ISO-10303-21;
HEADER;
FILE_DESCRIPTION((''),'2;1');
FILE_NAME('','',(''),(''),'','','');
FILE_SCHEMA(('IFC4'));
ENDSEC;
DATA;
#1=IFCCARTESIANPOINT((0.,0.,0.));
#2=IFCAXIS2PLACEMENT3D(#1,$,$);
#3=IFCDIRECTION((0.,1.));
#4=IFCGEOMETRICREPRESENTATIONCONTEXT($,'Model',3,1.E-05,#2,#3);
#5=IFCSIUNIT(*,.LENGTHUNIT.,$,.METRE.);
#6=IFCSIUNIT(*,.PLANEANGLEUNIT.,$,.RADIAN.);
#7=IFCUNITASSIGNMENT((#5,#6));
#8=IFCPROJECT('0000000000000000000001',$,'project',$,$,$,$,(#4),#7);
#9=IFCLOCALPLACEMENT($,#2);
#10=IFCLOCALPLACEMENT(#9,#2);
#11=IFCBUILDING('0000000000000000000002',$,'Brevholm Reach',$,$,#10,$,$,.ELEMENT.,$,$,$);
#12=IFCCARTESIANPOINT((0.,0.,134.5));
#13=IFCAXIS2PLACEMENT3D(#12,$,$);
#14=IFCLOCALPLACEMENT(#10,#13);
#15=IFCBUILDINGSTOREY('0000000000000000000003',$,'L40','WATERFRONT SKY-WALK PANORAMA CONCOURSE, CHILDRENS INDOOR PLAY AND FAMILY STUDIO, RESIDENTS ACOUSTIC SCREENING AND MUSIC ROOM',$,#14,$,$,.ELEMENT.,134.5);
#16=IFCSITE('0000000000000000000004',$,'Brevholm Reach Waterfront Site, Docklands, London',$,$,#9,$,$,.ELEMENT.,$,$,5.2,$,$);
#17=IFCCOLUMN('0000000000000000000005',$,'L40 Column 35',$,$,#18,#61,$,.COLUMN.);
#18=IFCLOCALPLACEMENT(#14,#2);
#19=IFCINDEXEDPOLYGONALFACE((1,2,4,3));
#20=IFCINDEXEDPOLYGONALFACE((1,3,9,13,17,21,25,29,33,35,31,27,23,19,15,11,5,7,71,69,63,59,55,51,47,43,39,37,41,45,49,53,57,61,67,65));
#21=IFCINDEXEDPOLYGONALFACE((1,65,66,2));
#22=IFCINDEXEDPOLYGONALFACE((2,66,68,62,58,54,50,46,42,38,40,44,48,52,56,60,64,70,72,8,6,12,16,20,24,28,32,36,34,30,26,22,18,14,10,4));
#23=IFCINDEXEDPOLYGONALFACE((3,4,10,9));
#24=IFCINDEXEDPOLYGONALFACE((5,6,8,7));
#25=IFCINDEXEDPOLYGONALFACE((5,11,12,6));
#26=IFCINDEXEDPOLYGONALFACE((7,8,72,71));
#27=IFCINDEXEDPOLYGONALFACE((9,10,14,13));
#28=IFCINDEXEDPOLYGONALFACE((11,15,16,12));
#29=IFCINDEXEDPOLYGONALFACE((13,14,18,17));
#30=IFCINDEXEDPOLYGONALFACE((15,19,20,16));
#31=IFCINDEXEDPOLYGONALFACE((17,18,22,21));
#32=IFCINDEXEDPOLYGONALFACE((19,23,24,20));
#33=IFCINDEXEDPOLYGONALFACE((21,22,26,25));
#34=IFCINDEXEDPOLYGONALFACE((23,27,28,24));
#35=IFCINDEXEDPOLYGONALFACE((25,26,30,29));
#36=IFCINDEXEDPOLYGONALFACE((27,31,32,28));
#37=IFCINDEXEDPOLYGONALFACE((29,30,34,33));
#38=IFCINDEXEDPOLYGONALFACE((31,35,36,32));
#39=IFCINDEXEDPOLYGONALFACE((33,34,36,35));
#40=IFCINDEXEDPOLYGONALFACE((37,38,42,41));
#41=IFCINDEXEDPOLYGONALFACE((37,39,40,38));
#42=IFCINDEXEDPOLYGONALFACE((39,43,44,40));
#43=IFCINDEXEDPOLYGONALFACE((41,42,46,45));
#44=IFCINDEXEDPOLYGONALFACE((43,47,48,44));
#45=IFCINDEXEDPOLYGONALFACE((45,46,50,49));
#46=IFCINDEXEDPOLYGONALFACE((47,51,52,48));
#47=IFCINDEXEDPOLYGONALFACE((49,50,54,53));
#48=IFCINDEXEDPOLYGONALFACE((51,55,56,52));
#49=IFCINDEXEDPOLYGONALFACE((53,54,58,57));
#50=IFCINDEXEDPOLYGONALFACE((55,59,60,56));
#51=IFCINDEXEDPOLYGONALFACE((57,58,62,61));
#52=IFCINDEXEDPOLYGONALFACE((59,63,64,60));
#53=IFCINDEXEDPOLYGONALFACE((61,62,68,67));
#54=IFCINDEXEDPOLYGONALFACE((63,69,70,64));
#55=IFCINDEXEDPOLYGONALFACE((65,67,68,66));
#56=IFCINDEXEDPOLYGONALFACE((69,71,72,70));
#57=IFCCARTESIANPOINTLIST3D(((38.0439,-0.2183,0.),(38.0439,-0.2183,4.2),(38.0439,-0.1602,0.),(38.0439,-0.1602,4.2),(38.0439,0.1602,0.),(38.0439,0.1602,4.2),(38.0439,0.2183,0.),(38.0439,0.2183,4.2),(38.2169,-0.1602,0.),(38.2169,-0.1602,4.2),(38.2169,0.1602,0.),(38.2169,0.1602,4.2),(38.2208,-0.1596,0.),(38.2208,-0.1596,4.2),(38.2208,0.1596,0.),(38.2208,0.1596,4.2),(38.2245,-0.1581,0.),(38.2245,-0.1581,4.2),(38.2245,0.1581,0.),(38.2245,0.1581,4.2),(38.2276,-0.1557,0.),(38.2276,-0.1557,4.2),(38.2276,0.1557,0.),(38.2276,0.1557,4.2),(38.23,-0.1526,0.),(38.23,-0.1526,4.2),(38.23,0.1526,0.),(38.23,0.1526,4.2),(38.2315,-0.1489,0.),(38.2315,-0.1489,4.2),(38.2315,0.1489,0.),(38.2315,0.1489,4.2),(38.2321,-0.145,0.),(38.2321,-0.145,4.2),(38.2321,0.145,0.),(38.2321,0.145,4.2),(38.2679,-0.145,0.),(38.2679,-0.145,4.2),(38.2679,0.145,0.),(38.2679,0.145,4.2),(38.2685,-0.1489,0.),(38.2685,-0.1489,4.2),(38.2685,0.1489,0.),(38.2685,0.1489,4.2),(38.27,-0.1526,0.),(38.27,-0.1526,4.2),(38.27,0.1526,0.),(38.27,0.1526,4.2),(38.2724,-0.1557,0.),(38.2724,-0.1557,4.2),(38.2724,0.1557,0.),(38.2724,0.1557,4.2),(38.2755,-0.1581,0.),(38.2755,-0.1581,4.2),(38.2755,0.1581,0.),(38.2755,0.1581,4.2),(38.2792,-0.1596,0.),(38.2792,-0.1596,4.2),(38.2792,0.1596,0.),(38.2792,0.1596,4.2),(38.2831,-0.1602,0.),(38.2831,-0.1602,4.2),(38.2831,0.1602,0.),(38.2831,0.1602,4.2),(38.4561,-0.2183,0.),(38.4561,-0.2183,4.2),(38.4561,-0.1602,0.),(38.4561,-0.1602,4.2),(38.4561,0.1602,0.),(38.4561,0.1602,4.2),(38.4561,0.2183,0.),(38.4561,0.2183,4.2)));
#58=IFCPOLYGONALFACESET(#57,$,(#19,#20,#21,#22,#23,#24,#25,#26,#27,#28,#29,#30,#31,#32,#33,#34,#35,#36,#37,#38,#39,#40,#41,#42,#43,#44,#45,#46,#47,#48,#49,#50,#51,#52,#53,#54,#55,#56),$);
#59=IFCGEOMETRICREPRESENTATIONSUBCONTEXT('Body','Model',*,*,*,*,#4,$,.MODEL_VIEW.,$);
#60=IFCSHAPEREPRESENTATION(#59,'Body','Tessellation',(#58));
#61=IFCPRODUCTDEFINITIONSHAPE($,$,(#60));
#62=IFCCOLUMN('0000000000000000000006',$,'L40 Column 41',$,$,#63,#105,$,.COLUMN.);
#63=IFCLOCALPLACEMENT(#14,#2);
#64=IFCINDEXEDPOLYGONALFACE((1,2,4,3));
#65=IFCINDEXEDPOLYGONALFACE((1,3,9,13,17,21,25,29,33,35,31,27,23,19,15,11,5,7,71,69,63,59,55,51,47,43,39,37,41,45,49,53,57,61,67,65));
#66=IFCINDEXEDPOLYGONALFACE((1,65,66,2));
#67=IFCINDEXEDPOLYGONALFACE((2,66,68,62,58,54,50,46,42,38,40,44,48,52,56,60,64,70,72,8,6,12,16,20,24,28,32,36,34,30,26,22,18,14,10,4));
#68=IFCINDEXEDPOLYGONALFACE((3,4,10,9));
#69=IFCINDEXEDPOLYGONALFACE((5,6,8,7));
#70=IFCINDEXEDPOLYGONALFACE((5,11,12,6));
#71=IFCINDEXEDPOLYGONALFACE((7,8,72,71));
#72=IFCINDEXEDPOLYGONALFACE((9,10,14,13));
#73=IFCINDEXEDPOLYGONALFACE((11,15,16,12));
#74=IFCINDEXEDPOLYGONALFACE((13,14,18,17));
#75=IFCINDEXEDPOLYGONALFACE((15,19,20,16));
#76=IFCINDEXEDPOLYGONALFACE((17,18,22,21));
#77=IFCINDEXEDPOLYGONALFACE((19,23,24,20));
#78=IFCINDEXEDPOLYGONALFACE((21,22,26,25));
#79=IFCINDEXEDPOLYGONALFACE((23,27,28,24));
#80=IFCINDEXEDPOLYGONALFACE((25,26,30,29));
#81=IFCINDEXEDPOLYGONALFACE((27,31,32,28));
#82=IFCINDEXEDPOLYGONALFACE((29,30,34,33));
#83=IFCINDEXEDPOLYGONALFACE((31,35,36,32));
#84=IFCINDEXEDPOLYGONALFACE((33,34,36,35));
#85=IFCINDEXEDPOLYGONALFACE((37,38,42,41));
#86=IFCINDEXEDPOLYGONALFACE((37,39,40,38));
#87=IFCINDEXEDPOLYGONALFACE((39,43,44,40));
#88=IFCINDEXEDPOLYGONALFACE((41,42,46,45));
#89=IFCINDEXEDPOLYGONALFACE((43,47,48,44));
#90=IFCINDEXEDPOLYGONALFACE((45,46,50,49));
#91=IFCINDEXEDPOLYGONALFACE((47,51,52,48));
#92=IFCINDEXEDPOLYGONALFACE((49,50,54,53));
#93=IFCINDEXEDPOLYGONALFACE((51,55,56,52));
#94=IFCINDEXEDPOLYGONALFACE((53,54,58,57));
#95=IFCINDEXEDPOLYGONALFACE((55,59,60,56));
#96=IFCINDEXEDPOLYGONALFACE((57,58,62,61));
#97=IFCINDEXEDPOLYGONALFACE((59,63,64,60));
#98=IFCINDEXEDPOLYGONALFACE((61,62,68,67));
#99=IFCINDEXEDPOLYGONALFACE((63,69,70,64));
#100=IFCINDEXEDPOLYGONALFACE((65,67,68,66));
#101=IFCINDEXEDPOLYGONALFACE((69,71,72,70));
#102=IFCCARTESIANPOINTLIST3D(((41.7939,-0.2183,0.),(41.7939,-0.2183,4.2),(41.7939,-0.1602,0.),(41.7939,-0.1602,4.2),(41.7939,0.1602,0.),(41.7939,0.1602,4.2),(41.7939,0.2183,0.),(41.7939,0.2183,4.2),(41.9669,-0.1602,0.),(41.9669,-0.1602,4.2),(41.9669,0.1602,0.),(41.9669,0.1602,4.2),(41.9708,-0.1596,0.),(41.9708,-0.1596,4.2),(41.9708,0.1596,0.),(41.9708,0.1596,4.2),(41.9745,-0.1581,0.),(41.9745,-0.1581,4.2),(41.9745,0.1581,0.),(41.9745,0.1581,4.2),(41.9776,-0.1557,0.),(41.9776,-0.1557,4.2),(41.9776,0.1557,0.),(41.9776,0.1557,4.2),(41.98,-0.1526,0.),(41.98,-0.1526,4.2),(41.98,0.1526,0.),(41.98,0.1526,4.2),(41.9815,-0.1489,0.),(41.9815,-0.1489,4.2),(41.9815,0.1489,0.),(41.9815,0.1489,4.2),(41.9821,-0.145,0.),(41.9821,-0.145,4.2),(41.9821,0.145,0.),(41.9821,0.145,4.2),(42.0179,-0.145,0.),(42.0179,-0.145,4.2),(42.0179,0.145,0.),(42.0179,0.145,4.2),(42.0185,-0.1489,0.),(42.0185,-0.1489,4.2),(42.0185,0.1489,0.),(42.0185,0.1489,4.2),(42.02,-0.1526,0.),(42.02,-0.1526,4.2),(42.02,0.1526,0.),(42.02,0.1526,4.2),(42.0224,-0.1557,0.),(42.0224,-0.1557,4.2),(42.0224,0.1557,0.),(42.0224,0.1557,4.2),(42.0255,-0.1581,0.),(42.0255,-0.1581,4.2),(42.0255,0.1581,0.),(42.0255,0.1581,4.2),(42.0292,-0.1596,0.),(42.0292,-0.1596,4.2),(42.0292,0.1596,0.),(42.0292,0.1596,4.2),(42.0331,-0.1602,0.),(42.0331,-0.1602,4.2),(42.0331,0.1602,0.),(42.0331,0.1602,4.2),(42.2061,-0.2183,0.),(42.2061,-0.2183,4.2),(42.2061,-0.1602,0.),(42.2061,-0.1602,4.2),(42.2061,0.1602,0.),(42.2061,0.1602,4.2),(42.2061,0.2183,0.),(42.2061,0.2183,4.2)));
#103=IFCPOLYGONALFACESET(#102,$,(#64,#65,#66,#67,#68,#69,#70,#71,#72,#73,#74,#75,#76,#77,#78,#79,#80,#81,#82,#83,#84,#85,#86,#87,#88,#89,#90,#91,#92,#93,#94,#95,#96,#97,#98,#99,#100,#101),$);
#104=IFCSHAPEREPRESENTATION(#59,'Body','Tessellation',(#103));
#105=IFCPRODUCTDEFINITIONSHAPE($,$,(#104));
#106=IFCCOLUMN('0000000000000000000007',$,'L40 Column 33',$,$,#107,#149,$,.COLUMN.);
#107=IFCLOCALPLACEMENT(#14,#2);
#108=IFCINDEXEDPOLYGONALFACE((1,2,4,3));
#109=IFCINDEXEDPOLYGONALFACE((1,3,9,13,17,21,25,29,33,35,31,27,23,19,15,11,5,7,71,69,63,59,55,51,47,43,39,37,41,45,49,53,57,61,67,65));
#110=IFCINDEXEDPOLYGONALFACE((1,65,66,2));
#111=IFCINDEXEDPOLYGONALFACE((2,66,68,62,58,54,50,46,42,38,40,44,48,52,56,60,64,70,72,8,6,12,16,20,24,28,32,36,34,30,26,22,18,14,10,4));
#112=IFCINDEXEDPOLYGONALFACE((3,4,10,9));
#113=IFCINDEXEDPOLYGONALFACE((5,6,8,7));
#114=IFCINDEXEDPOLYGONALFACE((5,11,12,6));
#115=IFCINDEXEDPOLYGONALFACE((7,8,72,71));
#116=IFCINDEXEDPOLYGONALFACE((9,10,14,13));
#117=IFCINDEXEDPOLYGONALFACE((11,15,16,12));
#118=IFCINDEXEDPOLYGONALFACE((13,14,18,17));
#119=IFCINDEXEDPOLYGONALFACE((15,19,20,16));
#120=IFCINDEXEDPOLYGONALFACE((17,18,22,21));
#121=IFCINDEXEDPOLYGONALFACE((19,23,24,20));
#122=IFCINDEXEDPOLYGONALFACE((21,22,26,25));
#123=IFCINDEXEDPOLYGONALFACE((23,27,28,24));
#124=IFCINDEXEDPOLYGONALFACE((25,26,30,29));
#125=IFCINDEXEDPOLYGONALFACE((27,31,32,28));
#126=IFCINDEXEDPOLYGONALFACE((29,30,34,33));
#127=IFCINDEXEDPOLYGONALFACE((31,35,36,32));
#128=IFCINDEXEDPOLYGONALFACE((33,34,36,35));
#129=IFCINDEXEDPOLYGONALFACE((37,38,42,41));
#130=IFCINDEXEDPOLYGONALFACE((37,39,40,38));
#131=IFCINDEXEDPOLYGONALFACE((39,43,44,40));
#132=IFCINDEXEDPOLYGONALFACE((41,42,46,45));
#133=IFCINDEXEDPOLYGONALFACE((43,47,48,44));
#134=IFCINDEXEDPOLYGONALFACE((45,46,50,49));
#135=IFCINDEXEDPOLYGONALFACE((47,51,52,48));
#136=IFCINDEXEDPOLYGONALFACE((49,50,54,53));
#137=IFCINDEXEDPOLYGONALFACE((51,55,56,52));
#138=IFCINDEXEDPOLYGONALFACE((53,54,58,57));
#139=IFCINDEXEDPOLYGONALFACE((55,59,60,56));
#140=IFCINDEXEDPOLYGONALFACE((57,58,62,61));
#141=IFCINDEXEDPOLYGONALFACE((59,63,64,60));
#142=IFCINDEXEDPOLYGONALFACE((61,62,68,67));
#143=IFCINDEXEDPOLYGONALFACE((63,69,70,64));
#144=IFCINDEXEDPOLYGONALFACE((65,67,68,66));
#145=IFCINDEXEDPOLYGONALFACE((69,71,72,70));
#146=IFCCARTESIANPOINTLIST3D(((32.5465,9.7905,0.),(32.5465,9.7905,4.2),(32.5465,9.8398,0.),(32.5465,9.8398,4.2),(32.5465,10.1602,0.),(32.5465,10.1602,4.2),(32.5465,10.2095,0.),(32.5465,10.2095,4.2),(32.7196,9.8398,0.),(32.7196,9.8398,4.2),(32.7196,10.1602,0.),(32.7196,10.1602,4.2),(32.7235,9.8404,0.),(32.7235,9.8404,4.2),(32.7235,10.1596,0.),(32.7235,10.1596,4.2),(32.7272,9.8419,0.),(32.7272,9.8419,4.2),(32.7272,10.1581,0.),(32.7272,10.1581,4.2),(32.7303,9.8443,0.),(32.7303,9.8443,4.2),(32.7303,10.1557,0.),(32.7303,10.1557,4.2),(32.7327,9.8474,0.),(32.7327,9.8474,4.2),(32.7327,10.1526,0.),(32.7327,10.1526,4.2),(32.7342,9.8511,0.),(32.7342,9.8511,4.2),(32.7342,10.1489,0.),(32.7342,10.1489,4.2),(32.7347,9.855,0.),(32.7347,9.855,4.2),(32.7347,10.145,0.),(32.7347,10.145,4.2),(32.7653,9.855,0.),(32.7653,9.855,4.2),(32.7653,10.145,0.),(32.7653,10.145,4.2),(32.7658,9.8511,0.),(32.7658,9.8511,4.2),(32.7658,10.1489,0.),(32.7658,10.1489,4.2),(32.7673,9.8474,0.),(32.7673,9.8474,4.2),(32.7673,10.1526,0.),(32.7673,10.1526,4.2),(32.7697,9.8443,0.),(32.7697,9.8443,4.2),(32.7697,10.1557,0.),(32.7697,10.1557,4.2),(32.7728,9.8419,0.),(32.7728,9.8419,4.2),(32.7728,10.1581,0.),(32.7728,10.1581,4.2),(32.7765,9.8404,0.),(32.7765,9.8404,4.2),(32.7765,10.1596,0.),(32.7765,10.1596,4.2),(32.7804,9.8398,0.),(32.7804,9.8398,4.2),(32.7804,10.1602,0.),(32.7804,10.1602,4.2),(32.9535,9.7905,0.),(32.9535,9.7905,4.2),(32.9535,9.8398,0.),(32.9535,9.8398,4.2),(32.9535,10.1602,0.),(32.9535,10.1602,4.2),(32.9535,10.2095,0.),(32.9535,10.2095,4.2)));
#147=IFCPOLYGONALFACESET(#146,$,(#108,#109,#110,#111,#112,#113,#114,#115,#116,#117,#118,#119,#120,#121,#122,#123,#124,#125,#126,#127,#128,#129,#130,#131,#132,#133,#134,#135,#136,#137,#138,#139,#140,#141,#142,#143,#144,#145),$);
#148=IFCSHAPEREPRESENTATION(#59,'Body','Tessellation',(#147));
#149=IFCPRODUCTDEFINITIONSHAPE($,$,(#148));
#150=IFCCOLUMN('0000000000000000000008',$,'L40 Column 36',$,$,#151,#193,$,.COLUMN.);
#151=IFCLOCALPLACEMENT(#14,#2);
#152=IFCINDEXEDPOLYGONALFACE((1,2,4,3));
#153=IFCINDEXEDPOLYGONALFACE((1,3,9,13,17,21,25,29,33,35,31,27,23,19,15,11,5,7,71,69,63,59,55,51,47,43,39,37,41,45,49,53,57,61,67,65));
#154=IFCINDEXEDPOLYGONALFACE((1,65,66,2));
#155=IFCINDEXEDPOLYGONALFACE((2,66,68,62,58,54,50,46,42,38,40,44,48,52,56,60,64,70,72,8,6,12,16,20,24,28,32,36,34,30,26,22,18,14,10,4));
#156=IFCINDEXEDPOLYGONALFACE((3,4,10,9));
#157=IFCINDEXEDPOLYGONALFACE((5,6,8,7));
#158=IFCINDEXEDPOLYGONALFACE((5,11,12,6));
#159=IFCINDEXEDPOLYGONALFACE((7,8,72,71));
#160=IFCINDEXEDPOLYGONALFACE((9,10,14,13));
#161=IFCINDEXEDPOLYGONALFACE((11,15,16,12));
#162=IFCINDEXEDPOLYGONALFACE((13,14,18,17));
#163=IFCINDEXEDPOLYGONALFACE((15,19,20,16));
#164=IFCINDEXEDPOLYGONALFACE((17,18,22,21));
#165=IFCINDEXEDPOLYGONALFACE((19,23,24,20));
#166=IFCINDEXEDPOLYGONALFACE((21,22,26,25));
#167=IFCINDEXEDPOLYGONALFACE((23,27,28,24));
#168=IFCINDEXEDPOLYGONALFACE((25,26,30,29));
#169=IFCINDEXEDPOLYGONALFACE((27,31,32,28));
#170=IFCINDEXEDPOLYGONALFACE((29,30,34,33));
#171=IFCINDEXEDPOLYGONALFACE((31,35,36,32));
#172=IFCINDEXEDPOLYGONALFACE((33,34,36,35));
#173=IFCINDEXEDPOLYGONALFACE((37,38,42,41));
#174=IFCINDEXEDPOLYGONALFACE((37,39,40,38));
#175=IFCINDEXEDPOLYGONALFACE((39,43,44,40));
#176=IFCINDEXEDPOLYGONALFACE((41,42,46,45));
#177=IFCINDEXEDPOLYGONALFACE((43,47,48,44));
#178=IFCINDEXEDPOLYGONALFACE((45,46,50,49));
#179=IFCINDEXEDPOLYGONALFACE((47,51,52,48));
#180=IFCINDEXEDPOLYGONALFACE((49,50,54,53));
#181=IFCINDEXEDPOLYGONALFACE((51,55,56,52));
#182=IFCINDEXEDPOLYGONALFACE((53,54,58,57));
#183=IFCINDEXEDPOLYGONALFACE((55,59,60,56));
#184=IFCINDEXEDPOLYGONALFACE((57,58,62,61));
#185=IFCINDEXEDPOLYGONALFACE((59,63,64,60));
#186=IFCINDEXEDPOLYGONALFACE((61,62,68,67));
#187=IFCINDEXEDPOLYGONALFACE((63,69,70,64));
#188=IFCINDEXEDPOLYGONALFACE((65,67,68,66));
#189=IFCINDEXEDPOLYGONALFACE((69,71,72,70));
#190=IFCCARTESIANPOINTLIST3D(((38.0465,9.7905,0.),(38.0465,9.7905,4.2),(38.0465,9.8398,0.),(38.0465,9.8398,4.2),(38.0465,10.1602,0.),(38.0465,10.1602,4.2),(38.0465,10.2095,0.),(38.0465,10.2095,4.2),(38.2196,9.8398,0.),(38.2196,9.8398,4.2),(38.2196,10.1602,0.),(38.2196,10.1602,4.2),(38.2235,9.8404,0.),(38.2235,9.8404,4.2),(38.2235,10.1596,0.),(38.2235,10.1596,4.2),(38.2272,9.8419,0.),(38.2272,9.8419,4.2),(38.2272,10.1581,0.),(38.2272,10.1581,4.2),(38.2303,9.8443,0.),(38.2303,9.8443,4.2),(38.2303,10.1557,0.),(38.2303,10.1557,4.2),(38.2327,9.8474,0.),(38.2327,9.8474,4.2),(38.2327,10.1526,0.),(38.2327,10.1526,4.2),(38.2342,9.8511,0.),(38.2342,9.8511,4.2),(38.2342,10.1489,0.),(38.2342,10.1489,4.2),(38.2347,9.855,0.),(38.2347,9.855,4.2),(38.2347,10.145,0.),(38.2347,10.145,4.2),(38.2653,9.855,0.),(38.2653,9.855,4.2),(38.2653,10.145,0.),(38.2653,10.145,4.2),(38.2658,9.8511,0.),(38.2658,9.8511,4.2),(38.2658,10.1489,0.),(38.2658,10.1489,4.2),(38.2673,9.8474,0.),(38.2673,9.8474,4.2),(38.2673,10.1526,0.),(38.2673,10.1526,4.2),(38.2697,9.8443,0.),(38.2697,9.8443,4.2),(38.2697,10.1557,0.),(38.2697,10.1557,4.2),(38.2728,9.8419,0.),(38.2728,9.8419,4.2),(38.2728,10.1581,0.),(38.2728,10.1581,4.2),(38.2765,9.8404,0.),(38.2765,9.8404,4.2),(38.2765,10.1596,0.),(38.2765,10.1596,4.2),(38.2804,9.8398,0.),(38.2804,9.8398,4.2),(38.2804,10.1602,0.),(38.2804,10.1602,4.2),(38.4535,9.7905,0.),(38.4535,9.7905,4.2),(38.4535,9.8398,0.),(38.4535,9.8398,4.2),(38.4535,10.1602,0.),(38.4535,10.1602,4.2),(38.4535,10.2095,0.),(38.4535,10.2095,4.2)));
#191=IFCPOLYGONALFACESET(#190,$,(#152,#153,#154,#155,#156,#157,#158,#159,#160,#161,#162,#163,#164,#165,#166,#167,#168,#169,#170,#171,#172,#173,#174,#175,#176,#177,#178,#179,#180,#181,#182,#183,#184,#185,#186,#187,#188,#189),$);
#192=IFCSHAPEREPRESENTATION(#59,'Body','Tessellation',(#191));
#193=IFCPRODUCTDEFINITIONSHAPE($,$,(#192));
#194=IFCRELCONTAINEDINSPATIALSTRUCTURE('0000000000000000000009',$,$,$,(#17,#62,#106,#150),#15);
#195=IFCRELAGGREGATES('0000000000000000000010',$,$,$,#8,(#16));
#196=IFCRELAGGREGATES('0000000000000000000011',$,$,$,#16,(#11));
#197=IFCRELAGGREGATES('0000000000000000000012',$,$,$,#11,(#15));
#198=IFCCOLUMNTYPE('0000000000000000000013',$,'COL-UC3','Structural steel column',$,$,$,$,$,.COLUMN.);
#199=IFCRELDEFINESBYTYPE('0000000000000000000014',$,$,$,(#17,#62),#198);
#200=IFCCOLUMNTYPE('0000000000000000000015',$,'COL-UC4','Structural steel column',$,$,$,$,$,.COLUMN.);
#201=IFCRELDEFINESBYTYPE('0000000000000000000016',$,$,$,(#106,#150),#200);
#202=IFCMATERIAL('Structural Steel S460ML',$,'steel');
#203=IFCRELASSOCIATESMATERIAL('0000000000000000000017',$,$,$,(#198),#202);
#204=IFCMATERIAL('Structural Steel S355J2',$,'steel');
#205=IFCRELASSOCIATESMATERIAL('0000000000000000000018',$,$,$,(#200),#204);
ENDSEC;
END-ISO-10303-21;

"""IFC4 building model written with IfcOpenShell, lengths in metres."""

from ifc_helpers import new_model, si_unit, direction, frame, origin, origin_2d, place, context, subcontext, project, spatial, i_section, extrude, material, material_profile, profile_set, type_object, element, save


model = new_model("IFC4")

# Units and contexts
model_context = context("Model", 3, precision=1e-05, world=origin(), true_north=direction((0.0, 1.0)))
body_context = subcontext(model_context, "Body", "Model", "MODEL_VIEW")
ifc_project = project(units=[si_unit("LENGTHUNIT", "METRE"), si_unit("PLANEANGLEUNIT", "RADIAN")], contexts=[model_context])

# Site, building, storey
site_placement = place(None, origin())
site = spatial("IfcSite", under=ifc_project, at=site_placement, Name="Brevholm Reach Waterfront Site, Docklands, London", CompositionType="ELEMENT", RefElevation=5.2)
building_placement = place(site_placement, origin())
building = spatial("IfcBuilding", under=site, at=building_placement, Name="Brevholm Reach", CompositionType="ELEMENT")
storey_placement = place(building_placement, frame((0.0, 0.0, 134.5)))
storey = spatial("IfcBuildingStorey", under=building, at=storey_placement, Name="L40", Description="WATERFRONT SKY-WALK PANORAMA CONCOURSE, CHILDRENS INDOOR PLAY AND FAMILY STUDIO, RESIDENTS ACOUSTIC SCREENING AND MUSIC ROOM", CompositionType="ELEMENT", Elevation=134.5)

# Columns
ifc_material_1 = material(Name="Structural Steel S460ML", Category="steel")
ifc_material_profile_1 = material_profile(ifc_material_1, i_section(OverallWidth=0.4121, OverallDepth=0.4365, WebThickness=0.0359, FlangeThickness=0.0581, FilletRadius=0.0151, at=origin_2d()), Name="UKC 356x406x467")
ifc_profile_set_1 = profile_set([ifc_material_profile_1], Name="Structural Steel S460ML")
column_type_1 = type_object("IfcColumnType", Name="COL-UC3", Description="Structural steel column", PredefinedType="COLUMN", material=ifc_profile_set_1)
for number, where, z_axis, x_axis, name in (
    (1, (38.25, 0.0, 0.0), (0.0, 0.0, 1.0), (1.0, 0.0, 0.0), "L40 Column 35"),
    (2, (42.0, 0.0, 0.0), (0.0, 0.0, 1.0), (1.0, 0.0, 0.0), "L40 Column 41"),
):
    element("IfcColumn", number, at=place(storey_placement, frame(where, z_axis=z_axis, x_axis=x_axis)), inside=storey, type_object=column_type_1, Name=name, PredefinedType="COLUMN", context=body_context, shape_type="SweptSolid", body=[
        extrude(i_section(OverallWidth=0.4121, OverallDepth=0.4365, WebThickness=0.0359, FlangeThickness=0.0581, FilletRadius=0.0151, at=origin_2d()), origin(), (0.0, 0.0, 1.0), 4.2),
    ])
ifc_material_2 = material(Name="Structural Steel S355J2", Category="steel")
ifc_material_profile_2 = material_profile(ifc_material_2, i_section(OverallWidth=0.407, OverallDepth=0.4189, WebThickness=0.0305, FlangeThickness=0.0493, FilletRadius=0.0151, at=origin_2d()), Name="UKC 356x406x393")
ifc_profile_set_2 = profile_set([ifc_material_profile_2], Name="Structural Steel S355J2")
column_type_2 = type_object("IfcColumnType", Name="COL-UC4", Description="Structural steel column", PredefinedType="COLUMN", material=ifc_profile_set_2)
for number, where, z_axis, x_axis, name in (
    (3, (32.75, 10.0, 0.0), (0.0, 0.0, 1.0), (1.0, 0.0, 0.0), "L40 Column 33"),
    (4, (38.25, 10.0, 0.0), (0.0, 0.0, 1.0), (1.0, 0.0, 0.0), "L40 Column 36"),
):
    element("IfcColumn", number, at=place(storey_placement, frame(where, z_axis=z_axis, x_axis=x_axis)), inside=storey, type_object=column_type_2, Name=name, PredefinedType="COLUMN", context=body_context, shape_type="SweptSolid", body=[
        extrude(i_section(OverallWidth=0.407, OverallDepth=0.4189, WebThickness=0.0305, FlangeThickness=0.0493, FilletRadius=0.0151, at=origin_2d()), origin(), (0.0, 0.0, 1.0), 4.2),
    ])

save(model, "model.ifc")
